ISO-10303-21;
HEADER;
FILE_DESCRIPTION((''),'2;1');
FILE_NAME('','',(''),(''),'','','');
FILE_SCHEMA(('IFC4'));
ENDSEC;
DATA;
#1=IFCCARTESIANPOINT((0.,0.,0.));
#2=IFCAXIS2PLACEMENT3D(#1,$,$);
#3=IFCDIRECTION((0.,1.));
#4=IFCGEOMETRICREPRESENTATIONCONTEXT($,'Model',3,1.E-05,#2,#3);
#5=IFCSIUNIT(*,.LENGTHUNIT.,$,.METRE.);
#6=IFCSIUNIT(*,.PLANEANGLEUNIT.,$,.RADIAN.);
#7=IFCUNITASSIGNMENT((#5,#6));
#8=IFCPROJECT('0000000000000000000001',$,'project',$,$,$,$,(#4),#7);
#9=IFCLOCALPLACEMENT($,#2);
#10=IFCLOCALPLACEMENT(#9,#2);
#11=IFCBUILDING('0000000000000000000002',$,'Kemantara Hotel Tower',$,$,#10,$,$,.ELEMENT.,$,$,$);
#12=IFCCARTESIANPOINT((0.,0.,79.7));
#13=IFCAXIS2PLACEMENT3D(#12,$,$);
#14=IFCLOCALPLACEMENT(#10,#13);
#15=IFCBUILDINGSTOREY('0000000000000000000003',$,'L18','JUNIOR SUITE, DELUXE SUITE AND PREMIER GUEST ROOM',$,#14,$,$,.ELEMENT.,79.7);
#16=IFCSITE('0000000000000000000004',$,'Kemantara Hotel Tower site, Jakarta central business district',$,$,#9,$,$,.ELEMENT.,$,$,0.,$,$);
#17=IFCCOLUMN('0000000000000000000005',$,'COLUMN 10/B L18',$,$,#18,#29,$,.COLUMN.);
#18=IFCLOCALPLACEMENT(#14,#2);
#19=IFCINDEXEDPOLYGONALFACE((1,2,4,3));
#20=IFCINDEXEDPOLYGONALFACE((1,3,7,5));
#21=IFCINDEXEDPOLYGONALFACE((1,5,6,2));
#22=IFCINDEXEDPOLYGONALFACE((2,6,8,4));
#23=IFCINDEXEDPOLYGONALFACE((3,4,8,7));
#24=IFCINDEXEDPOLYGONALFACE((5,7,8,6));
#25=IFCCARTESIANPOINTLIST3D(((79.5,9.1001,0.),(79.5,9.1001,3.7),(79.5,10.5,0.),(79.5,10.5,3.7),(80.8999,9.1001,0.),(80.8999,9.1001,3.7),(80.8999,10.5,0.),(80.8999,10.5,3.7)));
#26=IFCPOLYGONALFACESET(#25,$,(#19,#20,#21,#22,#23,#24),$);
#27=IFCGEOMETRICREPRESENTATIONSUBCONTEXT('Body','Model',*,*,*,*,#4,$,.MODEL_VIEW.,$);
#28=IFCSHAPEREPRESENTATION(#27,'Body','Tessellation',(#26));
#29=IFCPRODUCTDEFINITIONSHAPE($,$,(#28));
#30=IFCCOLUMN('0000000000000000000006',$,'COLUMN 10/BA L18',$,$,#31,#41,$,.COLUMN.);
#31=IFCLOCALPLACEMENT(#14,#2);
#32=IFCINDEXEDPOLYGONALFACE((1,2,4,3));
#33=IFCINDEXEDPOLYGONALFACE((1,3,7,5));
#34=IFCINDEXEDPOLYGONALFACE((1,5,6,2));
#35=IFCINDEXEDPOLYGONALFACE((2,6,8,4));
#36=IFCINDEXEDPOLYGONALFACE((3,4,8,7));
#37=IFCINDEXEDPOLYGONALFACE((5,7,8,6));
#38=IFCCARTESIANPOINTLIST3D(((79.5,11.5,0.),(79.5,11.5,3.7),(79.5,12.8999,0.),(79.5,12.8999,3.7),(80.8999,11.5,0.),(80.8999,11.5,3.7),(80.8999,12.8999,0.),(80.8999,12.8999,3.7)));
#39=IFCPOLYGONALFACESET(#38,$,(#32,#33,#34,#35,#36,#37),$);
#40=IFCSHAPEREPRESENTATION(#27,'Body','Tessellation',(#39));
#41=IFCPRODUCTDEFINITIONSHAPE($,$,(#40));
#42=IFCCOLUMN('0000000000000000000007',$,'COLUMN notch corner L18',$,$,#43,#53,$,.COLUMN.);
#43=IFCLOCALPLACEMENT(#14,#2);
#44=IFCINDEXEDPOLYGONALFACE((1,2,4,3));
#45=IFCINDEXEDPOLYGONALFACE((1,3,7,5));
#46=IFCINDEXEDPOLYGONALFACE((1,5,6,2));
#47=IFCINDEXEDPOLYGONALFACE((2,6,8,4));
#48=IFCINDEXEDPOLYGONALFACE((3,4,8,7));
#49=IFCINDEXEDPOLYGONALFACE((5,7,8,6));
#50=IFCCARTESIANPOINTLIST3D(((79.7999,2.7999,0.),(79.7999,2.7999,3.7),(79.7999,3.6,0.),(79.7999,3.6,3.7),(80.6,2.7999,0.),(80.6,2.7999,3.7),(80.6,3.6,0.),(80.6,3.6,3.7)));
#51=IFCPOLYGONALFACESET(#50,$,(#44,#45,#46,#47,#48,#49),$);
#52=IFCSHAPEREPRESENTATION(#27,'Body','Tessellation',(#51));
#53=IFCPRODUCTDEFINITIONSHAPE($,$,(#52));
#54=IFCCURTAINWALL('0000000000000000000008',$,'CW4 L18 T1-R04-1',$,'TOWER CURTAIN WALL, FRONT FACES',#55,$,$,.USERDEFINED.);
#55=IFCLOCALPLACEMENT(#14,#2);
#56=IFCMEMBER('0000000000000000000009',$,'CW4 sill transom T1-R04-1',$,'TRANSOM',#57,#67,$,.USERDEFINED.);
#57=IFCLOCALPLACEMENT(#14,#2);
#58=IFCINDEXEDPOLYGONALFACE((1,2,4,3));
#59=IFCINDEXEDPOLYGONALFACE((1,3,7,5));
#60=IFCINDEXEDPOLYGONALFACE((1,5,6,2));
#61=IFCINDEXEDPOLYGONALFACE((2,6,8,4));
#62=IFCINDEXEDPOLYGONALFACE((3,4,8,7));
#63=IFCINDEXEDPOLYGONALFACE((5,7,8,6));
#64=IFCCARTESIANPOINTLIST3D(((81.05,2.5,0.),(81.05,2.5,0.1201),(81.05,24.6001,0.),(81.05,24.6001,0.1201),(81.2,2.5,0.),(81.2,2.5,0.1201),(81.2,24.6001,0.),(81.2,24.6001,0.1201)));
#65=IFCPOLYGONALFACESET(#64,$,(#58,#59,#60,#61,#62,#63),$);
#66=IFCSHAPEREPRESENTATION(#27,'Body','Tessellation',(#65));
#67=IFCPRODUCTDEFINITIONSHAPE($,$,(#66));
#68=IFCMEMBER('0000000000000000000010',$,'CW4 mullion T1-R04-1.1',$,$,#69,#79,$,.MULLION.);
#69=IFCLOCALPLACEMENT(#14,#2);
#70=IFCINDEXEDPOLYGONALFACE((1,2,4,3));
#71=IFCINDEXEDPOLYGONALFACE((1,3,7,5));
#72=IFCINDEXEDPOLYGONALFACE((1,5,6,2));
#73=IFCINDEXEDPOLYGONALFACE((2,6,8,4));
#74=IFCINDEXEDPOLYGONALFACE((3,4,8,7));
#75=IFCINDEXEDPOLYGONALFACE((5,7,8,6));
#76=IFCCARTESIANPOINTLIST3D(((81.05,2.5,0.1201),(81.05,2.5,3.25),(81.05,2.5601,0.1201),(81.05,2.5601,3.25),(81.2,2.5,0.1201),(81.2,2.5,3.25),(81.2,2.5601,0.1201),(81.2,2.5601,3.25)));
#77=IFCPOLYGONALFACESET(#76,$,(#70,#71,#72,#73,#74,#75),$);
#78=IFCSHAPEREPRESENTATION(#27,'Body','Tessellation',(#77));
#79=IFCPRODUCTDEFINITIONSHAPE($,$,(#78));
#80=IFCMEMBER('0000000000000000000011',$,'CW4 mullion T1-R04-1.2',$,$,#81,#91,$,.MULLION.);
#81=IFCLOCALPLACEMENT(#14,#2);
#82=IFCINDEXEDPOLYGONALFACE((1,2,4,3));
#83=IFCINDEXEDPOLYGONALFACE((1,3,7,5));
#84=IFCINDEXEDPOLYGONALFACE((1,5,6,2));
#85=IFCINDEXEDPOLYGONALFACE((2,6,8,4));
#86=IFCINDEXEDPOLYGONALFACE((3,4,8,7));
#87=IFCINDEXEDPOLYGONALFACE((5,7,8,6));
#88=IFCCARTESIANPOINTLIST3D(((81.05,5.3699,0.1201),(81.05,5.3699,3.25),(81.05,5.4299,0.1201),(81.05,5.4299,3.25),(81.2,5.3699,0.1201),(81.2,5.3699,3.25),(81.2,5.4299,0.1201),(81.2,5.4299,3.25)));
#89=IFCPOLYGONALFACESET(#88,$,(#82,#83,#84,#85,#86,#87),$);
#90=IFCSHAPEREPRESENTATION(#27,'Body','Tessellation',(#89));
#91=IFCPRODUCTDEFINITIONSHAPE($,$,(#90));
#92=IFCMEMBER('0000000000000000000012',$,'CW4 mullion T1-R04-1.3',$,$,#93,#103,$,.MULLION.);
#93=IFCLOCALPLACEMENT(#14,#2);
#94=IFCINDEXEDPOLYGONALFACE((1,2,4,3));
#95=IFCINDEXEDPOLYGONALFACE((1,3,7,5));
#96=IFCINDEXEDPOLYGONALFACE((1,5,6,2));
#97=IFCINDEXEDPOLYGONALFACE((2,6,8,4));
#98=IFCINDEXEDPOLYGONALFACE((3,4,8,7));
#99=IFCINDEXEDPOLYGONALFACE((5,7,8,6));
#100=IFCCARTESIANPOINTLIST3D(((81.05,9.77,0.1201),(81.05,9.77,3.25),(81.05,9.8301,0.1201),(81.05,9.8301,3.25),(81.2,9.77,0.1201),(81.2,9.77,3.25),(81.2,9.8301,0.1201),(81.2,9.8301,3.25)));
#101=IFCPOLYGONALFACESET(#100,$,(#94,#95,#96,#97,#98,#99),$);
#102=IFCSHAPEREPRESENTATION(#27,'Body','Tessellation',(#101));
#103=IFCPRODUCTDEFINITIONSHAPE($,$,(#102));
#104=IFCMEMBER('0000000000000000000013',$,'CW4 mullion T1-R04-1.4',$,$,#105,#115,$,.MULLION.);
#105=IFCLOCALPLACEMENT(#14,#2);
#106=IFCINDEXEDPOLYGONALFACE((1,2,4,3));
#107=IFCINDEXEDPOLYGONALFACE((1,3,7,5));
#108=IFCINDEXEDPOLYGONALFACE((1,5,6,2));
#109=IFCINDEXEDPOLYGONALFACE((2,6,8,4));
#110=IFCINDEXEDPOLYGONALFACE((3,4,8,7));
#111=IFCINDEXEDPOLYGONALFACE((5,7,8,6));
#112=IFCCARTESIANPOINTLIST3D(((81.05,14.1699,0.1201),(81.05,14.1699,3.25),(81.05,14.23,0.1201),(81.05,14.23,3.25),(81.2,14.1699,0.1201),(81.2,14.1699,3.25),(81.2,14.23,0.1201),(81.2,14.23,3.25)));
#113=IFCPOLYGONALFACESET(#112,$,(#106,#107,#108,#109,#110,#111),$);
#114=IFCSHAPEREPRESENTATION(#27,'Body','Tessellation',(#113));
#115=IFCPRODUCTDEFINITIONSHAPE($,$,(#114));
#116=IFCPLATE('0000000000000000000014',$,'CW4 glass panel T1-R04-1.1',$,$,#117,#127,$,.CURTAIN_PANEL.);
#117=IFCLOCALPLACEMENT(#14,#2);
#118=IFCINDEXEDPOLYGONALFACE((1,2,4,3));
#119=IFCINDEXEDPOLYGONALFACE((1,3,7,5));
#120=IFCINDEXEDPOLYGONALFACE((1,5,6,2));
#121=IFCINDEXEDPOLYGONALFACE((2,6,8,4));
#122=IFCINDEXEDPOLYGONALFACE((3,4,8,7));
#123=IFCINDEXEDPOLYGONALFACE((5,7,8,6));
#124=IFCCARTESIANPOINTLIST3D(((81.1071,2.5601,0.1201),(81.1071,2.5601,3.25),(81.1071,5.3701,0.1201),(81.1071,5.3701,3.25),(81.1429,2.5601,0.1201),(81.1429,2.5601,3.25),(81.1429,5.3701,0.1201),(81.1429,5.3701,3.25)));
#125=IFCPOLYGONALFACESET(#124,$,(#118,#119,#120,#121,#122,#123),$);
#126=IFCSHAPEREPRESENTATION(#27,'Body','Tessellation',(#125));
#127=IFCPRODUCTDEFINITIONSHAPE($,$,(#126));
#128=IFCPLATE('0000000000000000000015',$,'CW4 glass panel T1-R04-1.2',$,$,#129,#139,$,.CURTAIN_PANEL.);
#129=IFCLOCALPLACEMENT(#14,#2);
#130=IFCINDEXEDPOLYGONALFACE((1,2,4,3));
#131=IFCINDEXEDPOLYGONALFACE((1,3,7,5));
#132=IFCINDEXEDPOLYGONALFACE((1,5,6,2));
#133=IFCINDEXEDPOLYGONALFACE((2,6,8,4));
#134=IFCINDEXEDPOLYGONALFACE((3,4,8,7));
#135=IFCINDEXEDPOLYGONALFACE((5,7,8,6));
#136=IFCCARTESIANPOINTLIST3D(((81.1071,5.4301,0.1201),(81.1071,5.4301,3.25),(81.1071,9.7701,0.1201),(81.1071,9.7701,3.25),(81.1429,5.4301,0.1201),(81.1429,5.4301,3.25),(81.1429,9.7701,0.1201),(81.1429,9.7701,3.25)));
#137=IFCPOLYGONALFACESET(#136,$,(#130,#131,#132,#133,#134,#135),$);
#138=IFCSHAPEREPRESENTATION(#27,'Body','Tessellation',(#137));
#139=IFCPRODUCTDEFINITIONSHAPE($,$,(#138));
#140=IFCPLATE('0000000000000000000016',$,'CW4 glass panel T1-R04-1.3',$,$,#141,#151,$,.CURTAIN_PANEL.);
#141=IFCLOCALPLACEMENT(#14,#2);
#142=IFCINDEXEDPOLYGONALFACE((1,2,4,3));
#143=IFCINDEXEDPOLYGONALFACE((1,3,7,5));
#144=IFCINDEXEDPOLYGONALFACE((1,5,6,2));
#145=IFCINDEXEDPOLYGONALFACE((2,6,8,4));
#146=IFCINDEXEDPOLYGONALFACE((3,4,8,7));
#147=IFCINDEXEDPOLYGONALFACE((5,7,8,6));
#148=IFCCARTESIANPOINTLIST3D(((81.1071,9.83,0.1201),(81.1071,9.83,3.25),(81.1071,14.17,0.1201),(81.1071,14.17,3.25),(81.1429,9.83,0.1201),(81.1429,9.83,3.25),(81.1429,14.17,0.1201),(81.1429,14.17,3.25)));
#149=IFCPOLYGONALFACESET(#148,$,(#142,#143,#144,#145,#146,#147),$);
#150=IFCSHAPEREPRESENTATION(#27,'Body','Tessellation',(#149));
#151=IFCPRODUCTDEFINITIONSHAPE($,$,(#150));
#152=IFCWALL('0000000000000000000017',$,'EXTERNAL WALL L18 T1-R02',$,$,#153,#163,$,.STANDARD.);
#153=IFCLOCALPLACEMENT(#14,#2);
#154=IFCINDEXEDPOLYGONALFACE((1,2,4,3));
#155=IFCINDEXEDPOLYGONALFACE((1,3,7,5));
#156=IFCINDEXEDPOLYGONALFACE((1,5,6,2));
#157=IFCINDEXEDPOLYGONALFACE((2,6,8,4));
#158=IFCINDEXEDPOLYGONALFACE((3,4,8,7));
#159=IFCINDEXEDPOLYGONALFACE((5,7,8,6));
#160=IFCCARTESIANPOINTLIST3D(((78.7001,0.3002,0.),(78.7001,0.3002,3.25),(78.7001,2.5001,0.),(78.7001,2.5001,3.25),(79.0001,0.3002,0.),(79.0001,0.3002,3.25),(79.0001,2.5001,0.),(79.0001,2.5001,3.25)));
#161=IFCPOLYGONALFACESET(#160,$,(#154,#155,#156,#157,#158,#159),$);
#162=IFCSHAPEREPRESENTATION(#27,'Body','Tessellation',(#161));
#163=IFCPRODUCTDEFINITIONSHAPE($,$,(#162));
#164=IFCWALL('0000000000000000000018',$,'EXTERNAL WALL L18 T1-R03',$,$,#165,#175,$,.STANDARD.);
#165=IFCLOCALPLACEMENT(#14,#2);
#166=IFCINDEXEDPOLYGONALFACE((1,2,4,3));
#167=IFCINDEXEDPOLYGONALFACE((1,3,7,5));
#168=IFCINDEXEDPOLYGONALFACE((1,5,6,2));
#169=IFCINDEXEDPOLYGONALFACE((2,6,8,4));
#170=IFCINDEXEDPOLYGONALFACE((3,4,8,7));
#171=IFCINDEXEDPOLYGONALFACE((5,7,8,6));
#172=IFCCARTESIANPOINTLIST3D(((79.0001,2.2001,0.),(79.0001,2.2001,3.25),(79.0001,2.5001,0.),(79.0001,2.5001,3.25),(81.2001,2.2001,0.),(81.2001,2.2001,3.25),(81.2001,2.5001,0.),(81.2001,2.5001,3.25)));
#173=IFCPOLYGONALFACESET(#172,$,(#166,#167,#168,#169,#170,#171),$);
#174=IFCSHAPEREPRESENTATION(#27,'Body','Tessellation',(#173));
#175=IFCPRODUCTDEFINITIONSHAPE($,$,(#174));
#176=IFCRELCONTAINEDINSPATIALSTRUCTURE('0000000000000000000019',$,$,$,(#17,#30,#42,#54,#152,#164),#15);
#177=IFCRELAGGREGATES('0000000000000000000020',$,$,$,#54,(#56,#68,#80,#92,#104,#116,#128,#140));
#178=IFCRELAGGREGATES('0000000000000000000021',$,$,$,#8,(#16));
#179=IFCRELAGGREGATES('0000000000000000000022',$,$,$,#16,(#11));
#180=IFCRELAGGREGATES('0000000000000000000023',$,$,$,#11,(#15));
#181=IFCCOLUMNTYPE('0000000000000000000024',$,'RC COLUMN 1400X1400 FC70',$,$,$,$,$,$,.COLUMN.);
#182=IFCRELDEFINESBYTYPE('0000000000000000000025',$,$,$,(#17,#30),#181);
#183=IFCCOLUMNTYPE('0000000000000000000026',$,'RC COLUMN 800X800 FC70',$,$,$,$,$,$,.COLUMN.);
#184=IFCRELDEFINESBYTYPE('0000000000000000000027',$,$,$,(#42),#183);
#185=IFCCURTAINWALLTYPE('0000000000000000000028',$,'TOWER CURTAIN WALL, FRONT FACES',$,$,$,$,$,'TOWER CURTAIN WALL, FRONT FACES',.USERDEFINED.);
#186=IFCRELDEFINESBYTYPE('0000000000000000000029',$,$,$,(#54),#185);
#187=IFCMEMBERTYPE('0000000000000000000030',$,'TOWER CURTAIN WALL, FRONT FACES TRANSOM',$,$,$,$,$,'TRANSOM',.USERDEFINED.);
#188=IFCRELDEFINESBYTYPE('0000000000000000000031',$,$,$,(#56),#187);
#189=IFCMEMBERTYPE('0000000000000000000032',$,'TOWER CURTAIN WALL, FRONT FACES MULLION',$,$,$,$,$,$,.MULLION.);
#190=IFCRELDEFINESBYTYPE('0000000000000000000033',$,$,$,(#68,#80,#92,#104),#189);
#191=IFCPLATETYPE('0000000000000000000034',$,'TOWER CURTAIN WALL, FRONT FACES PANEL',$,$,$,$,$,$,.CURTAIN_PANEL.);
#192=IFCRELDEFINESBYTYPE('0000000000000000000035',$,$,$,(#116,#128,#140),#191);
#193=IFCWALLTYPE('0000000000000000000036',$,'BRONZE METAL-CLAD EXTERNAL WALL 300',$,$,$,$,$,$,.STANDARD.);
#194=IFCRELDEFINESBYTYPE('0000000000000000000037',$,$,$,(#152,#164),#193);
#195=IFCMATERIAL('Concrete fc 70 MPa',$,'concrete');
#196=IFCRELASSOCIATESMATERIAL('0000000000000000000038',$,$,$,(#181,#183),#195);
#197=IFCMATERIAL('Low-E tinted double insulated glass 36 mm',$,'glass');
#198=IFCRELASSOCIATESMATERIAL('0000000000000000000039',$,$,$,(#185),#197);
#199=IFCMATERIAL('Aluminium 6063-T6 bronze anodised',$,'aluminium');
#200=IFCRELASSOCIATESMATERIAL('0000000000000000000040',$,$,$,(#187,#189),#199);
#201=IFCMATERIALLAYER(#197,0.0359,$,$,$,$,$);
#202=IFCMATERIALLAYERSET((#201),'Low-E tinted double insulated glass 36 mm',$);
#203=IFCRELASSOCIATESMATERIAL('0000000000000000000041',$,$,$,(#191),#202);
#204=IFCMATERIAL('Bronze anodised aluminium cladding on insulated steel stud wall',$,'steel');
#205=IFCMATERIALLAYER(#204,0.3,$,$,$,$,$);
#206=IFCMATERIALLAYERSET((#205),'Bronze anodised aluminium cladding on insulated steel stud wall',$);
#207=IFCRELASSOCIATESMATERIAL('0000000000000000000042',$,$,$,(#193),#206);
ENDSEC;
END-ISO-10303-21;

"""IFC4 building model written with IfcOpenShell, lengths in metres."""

from ifc_helpers import new_model, si_unit, direction, frame, frame_2d, origin, origin_2d, place, context, subcontext, project, spatial, rectangle, extrude, source, transform, mapped, material, layer, layer_set, material_profile, profile_set, type_object, element, aggregate, save


model = new_model("IFC4")

# Units and contexts
model_context = context("Model", 3, precision=1e-05, world=origin(), true_north=direction((0.0, 1.0)))
body_context = subcontext(model_context, "Body", "Model", "MODEL_VIEW")
ifc_project = project(units=[si_unit("LENGTHUNIT", "METRE"), si_unit("PLANEANGLEUNIT", "RADIAN")], contexts=[model_context])

# Site, building, storey
site_placement = place(None, origin())
site = spatial("IfcSite", under=ifc_project, at=site_placement, Name="Kemantara Hotel Tower site, Jakarta central business district", CompositionType="ELEMENT", RefElevation=0.0)
building_placement = place(site_placement, origin())
building = spatial("IfcBuilding", under=site, at=building_placement, Name="Kemantara Hotel Tower", CompositionType="ELEMENT")
storey_placement = place(building_placement, frame((0.0, 0.0, 79.7)))
storey = spatial("IfcBuildingStorey", under=building, at=storey_placement, Name="L18", Description="JUNIOR SUITE, DELUXE SUITE AND PREMIER GUEST ROOM", CompositionType="ELEMENT", Elevation=79.7)

# Columns
ifc_material_1 = material(Name="Concrete fc 70 MPa", Category="concrete")
ifc_material_profile_1 = material_profile(ifc_material_1, rectangle(XDim=1.3999, YDim=1.3999, at=origin_2d()), Name="RC 1400X1400")
ifc_profile_set_1 = profile_set([ifc_material_profile_1], Name="Concrete fc 70 MPa")
column_type_1 = type_object("IfcColumnType", Name="RC COLUMN 1400X1400 FC70", PredefinedType="COLUMN", material=ifc_profile_set_1)
for number, where, z_axis, x_axis, name in (
    (1, (80.2, 9.8, 0.0), (0.0, 0.0, 1.0), (1.0, 0.0, 0.0), "COLUMN 10/B L18"),
    (2, (80.2, 12.2, 0.0), (0.0, 0.0, 1.0), (1.0, 0.0, 0.0), "COLUMN 10/BA L18"),
):
    element("IfcColumn", number, at=place(storey_placement, frame(where, z_axis=z_axis, x_axis=x_axis)), inside=storey, type_object=column_type_1, Name=name, PredefinedType="COLUMN", context=body_context, shape_type="SweptSolid", body=[
        extrude(rectangle(XDim=1.3999, YDim=1.3999, at=origin_2d()), origin(), (0.0, 0.0, 1.0), 3.7),
    ])
ifc_material_profile_2 = material_profile(ifc_material_1, rectangle(XDim=0.8, YDim=0.8, at=origin_2d()), Name="RC 800X800")
ifc_profile_set_2 = profile_set([ifc_material_profile_2], Name="Concrete fc 70 MPa")
column_type_2 = type_object("IfcColumnType", Name="RC COLUMN 800X800 FC70", PredefinedType="COLUMN", material=ifc_profile_set_2)
column_placement = place(storey_placement, frame((80.2, 3.2, 0.0), z_axis=(0.0, 0.0, 1.0), x_axis=(1.0, 0.0, 0.0)))
element("IfcColumn", 3, at=column_placement, inside=storey, type_object=column_type_2, Name="COLUMN notch corner L18", PredefinedType="COLUMN", context=body_context, shape_type="SweptSolid", body=[
    extrude(rectangle(XDim=0.8, YDim=0.8, at=origin_2d()), origin(), (0.0, 0.0, 1.0), 3.7),
])

# Curtain wall, members, plates
ifc_material_2 = material(Name="Low-E tinted double insulated glass 36 mm", Category="glass")
curtain_wall_type = type_object("IfcCurtainWallType", Name="TOWER CURTAIN WALL, FRONT FACES", ElementType="TOWER CURTAIN WALL, FRONT FACES", PredefinedType="USERDEFINED", material=ifc_material_2)
curtain_wall_placement = place(storey_placement, origin())
curtain_wall = element("IfcCurtainWall", 4, at=curtain_wall_placement, inside=storey, type_object=curtain_wall_type, Name="CW4 L18 T1-R04-1", ObjectType="TOWER CURTAIN WALL, FRONT FACES", PredefinedType="USERDEFINED")
ifc_material_3 = material(Name="Aluminium 6063-T6 bronze anodised", Category="aluminium")
ifc_material_profile_3 = material_profile(ifc_material_3, rectangle(XDim=0.1499, YDim=0.1201, at=origin_2d()), Name="TOWER CURTAIN WALL, FRONT FACES TRANSOM")
ifc_profile_set_3 = profile_set([ifc_material_profile_3], Name="Aluminium 6063-T6 bronze anodised")
member_type_1 = type_object("IfcMemberType", Name="TOWER CURTAIN WALL, FRONT FACES TRANSOM", ElementType="TRANSOM", PredefinedType="USERDEFINED", material=ifc_profile_set_3)
member_1_placement = place(storey_placement, frame((81.125, 2.5, 0.0601), z_axis=(0.0, 1.0, 0.0), x_axis=(-1.0, 0.0, 0.0)))
member_1 = element("IfcMember", 5, at=member_1_placement, type_object=member_type_1, Name="CW4 sill transom T1-R04-1", ObjectType="TRANSOM", PredefinedType="USERDEFINED", context=body_context, shape_type="SweptSolid", body=[
    extrude(rectangle(XDim=0.1499, YDim=0.1201, at=origin_2d()), origin(), (0.0, 0.0, 1.0), 22.1001),
])
ifc_material_profile_4 = material_profile(ifc_material_3, rectangle(XDim=0.1499, YDim=0.0601, at=origin_2d()), Name="TOWER CURTAIN WALL, FRONT FACES MULLION")
ifc_profile_set_4 = profile_set([ifc_material_profile_4], Name="Aluminium 6063-T6 bronze anodised")
member_type_2 = type_object("IfcMemberType", Name="TOWER CURTAIN WALL, FRONT FACES MULLION", PredefinedType="MULLION", material=ifc_profile_set_4)
shared_shape_1 = source(origin(), body_context, "Body", "SweptSolid", [
    extrude(rectangle(XDim=0.1499, YDim=0.0601, at=origin_2d()), origin(), (0.0, 0.0, 1.0), 3.1299),
])
member_2_placement = place(storey_placement, frame((81.125, 2.53, 0.1201), z_axis=(0.0, 0.0, 1.0), x_axis=(-1.0, 0.0, 0.0)))
member_2 = element("IfcMember", 6, at=member_2_placement, type_object=member_type_2, Name="CW4 mullion T1-R04-1.1", PredefinedType="MULLION", context=body_context, shape_type="MappedRepresentation", body=[
    mapped(shared_shape_1, transform((0.0, 0.0, 0.0))),
])
member_3_placement = place(storey_placement, frame((81.125, 5.3999, 0.1201), z_axis=(0.0, 0.0, 1.0), x_axis=(-1.0, 0.0, 0.0)))
member_3 = element("IfcMember", 7, at=member_3_placement, type_object=member_type_2, Name="CW4 mullion T1-R04-1.2", PredefinedType="MULLION", context=body_context, shape_type="MappedRepresentation", body=[
    mapped(shared_shape_1, transform((0.0, 0.0, 0.0))),
])
member_4_placement = place(storey_placement, frame((81.125, 9.8, 0.1201), z_axis=(0.0, 0.0, 1.0), x_axis=(-1.0, 0.0, 0.0)))
member_4 = element("IfcMember", 8, at=member_4_placement, type_object=member_type_2, Name="CW4 mullion T1-R04-1.3", PredefinedType="MULLION", context=body_context, shape_type="MappedRepresentation", body=[
    mapped(shared_shape_1, transform((0.0, 0.0, 0.0))),
])
member_5_placement = place(storey_placement, frame((81.125, 14.2, 0.1201), z_axis=(0.0, 0.0, 1.0), x_axis=(-1.0, 0.0, 0.0)))
member_5 = element("IfcMember", 9, at=member_5_placement, type_object=member_type_2, Name="CW4 mullion T1-R04-1.4", PredefinedType="MULLION", context=body_context, shape_type="MappedRepresentation", body=[
    mapped(shared_shape_1, transform((0.0, 0.0, 0.0))),
])
ifc_layer_1 = layer(ifc_material_2, 0.0359)
ifc_layer_set_1 = layer_set([ifc_layer_1], Name="Low-E tinted double insulated glass 36 mm")
plate_type = type_object("IfcPlateType", Name="TOWER CURTAIN WALL, FRONT FACES PANEL", PredefinedType="CURTAIN_PANEL", material=ifc_layer_set_1)
shared_shape_2 = source(origin(), body_context, "Body", "SweptSolid", [
    extrude(rectangle(XDim=2.8101, YDim=0.0359, at=origin_2d()), origin(), (0.0, 0.0, 1.0), 3.1299),
])
plate_1_placement = place(storey_placement, frame((81.125, 3.9651, 0.1201), z_axis=(0.0, 0.0, 1.0), x_axis=(0.0, 1.0, 0.0)))
plate_1 = element("IfcPlate", 10, at=plate_1_placement, type_object=plate_type, Name="CW4 glass panel T1-R04-1.1", PredefinedType="CURTAIN_PANEL", context=body_context, shape_type="MappedRepresentation", body=[
    mapped(shared_shape_2, transform((0.0, 0.0, 0.0))),
])
shared_shape_3 = source(origin(), body_context, "Body", "SweptSolid", [
    extrude(rectangle(XDim=4.3401, YDim=0.0359, at=origin_2d()), origin(), (0.0, 0.0, 1.0), 3.1299),
])
plate_2_placement = place(storey_placement, frame((81.125, 7.6001, 0.1201), z_axis=(0.0, 0.0, 1.0), x_axis=(0.0, 1.0, 0.0)))
plate_2 = element("IfcPlate", 11, at=plate_2_placement, type_object=plate_type, Name="CW4 glass panel T1-R04-1.2", PredefinedType="CURTAIN_PANEL", context=body_context, shape_type="MappedRepresentation", body=[
    mapped(shared_shape_3, transform((0.0, 0.0, 0.0))),
])
plate_3_placement = place(storey_placement, frame((81.125, 12.0, 0.1201), z_axis=(0.0, 0.0, 1.0), x_axis=(0.0, 1.0, 0.0)))
plate_3 = element("IfcPlate", 12, at=plate_3_placement, type_object=plate_type, Name="CW4 glass panel T1-R04-1.3", PredefinedType="CURTAIN_PANEL", context=body_context, shape_type="MappedRepresentation", body=[
    mapped(shared_shape_3, transform((0.0, 0.0, 0.0))),
])
aggregate(curtain_wall, [member_1, member_2, member_3, member_4, member_5, plate_1, plate_2, plate_3])

# Walls
ifc_material_4 = material(Name="Bronze anodised aluminium cladding on insulated steel stud wall", Category="steel")
ifc_layer_2 = layer(ifc_material_4, 0.3)
ifc_layer_set_2 = layer_set([ifc_layer_2], Name="Bronze anodised aluminium cladding on insulated steel stud wall")
wall_type_1 = type_object("IfcWallType", Name="BRONZE METAL-CLAD EXTERNAL WALL 300", PredefinedType="STANDARD", material=ifc_layer_set_2)
for number, where, z_axis, x_axis, name in (
    (13, (78.8501, 0.3, 0.0), (0.0, 0.0, 1.0), (0.0, 1.0, 0.0), "EXTERNAL WALL L18 T1-R02"),
    (14, (79.0, 2.3501, 0.0), (0.0, 0.0, 1.0), (1.0, 0.0, 0.0), "EXTERNAL WALL L18 T1-R03"),
):
    element("IfcWall", number, at=place(storey_placement, frame(where, z_axis=z_axis, x_axis=x_axis)), inside=storey, type_object=wall_type_1, Name=name, PredefinedType="STANDARD", context=body_context, shape_type="SweptSolid", body=[
        extrude(rectangle(XDim=2.2, YDim=0.3, at=frame_2d((1.1001, 0.0))), origin(), (0.0, 0.0, 1.0), 3.25),
    ])

save(model, "model.ifc")
